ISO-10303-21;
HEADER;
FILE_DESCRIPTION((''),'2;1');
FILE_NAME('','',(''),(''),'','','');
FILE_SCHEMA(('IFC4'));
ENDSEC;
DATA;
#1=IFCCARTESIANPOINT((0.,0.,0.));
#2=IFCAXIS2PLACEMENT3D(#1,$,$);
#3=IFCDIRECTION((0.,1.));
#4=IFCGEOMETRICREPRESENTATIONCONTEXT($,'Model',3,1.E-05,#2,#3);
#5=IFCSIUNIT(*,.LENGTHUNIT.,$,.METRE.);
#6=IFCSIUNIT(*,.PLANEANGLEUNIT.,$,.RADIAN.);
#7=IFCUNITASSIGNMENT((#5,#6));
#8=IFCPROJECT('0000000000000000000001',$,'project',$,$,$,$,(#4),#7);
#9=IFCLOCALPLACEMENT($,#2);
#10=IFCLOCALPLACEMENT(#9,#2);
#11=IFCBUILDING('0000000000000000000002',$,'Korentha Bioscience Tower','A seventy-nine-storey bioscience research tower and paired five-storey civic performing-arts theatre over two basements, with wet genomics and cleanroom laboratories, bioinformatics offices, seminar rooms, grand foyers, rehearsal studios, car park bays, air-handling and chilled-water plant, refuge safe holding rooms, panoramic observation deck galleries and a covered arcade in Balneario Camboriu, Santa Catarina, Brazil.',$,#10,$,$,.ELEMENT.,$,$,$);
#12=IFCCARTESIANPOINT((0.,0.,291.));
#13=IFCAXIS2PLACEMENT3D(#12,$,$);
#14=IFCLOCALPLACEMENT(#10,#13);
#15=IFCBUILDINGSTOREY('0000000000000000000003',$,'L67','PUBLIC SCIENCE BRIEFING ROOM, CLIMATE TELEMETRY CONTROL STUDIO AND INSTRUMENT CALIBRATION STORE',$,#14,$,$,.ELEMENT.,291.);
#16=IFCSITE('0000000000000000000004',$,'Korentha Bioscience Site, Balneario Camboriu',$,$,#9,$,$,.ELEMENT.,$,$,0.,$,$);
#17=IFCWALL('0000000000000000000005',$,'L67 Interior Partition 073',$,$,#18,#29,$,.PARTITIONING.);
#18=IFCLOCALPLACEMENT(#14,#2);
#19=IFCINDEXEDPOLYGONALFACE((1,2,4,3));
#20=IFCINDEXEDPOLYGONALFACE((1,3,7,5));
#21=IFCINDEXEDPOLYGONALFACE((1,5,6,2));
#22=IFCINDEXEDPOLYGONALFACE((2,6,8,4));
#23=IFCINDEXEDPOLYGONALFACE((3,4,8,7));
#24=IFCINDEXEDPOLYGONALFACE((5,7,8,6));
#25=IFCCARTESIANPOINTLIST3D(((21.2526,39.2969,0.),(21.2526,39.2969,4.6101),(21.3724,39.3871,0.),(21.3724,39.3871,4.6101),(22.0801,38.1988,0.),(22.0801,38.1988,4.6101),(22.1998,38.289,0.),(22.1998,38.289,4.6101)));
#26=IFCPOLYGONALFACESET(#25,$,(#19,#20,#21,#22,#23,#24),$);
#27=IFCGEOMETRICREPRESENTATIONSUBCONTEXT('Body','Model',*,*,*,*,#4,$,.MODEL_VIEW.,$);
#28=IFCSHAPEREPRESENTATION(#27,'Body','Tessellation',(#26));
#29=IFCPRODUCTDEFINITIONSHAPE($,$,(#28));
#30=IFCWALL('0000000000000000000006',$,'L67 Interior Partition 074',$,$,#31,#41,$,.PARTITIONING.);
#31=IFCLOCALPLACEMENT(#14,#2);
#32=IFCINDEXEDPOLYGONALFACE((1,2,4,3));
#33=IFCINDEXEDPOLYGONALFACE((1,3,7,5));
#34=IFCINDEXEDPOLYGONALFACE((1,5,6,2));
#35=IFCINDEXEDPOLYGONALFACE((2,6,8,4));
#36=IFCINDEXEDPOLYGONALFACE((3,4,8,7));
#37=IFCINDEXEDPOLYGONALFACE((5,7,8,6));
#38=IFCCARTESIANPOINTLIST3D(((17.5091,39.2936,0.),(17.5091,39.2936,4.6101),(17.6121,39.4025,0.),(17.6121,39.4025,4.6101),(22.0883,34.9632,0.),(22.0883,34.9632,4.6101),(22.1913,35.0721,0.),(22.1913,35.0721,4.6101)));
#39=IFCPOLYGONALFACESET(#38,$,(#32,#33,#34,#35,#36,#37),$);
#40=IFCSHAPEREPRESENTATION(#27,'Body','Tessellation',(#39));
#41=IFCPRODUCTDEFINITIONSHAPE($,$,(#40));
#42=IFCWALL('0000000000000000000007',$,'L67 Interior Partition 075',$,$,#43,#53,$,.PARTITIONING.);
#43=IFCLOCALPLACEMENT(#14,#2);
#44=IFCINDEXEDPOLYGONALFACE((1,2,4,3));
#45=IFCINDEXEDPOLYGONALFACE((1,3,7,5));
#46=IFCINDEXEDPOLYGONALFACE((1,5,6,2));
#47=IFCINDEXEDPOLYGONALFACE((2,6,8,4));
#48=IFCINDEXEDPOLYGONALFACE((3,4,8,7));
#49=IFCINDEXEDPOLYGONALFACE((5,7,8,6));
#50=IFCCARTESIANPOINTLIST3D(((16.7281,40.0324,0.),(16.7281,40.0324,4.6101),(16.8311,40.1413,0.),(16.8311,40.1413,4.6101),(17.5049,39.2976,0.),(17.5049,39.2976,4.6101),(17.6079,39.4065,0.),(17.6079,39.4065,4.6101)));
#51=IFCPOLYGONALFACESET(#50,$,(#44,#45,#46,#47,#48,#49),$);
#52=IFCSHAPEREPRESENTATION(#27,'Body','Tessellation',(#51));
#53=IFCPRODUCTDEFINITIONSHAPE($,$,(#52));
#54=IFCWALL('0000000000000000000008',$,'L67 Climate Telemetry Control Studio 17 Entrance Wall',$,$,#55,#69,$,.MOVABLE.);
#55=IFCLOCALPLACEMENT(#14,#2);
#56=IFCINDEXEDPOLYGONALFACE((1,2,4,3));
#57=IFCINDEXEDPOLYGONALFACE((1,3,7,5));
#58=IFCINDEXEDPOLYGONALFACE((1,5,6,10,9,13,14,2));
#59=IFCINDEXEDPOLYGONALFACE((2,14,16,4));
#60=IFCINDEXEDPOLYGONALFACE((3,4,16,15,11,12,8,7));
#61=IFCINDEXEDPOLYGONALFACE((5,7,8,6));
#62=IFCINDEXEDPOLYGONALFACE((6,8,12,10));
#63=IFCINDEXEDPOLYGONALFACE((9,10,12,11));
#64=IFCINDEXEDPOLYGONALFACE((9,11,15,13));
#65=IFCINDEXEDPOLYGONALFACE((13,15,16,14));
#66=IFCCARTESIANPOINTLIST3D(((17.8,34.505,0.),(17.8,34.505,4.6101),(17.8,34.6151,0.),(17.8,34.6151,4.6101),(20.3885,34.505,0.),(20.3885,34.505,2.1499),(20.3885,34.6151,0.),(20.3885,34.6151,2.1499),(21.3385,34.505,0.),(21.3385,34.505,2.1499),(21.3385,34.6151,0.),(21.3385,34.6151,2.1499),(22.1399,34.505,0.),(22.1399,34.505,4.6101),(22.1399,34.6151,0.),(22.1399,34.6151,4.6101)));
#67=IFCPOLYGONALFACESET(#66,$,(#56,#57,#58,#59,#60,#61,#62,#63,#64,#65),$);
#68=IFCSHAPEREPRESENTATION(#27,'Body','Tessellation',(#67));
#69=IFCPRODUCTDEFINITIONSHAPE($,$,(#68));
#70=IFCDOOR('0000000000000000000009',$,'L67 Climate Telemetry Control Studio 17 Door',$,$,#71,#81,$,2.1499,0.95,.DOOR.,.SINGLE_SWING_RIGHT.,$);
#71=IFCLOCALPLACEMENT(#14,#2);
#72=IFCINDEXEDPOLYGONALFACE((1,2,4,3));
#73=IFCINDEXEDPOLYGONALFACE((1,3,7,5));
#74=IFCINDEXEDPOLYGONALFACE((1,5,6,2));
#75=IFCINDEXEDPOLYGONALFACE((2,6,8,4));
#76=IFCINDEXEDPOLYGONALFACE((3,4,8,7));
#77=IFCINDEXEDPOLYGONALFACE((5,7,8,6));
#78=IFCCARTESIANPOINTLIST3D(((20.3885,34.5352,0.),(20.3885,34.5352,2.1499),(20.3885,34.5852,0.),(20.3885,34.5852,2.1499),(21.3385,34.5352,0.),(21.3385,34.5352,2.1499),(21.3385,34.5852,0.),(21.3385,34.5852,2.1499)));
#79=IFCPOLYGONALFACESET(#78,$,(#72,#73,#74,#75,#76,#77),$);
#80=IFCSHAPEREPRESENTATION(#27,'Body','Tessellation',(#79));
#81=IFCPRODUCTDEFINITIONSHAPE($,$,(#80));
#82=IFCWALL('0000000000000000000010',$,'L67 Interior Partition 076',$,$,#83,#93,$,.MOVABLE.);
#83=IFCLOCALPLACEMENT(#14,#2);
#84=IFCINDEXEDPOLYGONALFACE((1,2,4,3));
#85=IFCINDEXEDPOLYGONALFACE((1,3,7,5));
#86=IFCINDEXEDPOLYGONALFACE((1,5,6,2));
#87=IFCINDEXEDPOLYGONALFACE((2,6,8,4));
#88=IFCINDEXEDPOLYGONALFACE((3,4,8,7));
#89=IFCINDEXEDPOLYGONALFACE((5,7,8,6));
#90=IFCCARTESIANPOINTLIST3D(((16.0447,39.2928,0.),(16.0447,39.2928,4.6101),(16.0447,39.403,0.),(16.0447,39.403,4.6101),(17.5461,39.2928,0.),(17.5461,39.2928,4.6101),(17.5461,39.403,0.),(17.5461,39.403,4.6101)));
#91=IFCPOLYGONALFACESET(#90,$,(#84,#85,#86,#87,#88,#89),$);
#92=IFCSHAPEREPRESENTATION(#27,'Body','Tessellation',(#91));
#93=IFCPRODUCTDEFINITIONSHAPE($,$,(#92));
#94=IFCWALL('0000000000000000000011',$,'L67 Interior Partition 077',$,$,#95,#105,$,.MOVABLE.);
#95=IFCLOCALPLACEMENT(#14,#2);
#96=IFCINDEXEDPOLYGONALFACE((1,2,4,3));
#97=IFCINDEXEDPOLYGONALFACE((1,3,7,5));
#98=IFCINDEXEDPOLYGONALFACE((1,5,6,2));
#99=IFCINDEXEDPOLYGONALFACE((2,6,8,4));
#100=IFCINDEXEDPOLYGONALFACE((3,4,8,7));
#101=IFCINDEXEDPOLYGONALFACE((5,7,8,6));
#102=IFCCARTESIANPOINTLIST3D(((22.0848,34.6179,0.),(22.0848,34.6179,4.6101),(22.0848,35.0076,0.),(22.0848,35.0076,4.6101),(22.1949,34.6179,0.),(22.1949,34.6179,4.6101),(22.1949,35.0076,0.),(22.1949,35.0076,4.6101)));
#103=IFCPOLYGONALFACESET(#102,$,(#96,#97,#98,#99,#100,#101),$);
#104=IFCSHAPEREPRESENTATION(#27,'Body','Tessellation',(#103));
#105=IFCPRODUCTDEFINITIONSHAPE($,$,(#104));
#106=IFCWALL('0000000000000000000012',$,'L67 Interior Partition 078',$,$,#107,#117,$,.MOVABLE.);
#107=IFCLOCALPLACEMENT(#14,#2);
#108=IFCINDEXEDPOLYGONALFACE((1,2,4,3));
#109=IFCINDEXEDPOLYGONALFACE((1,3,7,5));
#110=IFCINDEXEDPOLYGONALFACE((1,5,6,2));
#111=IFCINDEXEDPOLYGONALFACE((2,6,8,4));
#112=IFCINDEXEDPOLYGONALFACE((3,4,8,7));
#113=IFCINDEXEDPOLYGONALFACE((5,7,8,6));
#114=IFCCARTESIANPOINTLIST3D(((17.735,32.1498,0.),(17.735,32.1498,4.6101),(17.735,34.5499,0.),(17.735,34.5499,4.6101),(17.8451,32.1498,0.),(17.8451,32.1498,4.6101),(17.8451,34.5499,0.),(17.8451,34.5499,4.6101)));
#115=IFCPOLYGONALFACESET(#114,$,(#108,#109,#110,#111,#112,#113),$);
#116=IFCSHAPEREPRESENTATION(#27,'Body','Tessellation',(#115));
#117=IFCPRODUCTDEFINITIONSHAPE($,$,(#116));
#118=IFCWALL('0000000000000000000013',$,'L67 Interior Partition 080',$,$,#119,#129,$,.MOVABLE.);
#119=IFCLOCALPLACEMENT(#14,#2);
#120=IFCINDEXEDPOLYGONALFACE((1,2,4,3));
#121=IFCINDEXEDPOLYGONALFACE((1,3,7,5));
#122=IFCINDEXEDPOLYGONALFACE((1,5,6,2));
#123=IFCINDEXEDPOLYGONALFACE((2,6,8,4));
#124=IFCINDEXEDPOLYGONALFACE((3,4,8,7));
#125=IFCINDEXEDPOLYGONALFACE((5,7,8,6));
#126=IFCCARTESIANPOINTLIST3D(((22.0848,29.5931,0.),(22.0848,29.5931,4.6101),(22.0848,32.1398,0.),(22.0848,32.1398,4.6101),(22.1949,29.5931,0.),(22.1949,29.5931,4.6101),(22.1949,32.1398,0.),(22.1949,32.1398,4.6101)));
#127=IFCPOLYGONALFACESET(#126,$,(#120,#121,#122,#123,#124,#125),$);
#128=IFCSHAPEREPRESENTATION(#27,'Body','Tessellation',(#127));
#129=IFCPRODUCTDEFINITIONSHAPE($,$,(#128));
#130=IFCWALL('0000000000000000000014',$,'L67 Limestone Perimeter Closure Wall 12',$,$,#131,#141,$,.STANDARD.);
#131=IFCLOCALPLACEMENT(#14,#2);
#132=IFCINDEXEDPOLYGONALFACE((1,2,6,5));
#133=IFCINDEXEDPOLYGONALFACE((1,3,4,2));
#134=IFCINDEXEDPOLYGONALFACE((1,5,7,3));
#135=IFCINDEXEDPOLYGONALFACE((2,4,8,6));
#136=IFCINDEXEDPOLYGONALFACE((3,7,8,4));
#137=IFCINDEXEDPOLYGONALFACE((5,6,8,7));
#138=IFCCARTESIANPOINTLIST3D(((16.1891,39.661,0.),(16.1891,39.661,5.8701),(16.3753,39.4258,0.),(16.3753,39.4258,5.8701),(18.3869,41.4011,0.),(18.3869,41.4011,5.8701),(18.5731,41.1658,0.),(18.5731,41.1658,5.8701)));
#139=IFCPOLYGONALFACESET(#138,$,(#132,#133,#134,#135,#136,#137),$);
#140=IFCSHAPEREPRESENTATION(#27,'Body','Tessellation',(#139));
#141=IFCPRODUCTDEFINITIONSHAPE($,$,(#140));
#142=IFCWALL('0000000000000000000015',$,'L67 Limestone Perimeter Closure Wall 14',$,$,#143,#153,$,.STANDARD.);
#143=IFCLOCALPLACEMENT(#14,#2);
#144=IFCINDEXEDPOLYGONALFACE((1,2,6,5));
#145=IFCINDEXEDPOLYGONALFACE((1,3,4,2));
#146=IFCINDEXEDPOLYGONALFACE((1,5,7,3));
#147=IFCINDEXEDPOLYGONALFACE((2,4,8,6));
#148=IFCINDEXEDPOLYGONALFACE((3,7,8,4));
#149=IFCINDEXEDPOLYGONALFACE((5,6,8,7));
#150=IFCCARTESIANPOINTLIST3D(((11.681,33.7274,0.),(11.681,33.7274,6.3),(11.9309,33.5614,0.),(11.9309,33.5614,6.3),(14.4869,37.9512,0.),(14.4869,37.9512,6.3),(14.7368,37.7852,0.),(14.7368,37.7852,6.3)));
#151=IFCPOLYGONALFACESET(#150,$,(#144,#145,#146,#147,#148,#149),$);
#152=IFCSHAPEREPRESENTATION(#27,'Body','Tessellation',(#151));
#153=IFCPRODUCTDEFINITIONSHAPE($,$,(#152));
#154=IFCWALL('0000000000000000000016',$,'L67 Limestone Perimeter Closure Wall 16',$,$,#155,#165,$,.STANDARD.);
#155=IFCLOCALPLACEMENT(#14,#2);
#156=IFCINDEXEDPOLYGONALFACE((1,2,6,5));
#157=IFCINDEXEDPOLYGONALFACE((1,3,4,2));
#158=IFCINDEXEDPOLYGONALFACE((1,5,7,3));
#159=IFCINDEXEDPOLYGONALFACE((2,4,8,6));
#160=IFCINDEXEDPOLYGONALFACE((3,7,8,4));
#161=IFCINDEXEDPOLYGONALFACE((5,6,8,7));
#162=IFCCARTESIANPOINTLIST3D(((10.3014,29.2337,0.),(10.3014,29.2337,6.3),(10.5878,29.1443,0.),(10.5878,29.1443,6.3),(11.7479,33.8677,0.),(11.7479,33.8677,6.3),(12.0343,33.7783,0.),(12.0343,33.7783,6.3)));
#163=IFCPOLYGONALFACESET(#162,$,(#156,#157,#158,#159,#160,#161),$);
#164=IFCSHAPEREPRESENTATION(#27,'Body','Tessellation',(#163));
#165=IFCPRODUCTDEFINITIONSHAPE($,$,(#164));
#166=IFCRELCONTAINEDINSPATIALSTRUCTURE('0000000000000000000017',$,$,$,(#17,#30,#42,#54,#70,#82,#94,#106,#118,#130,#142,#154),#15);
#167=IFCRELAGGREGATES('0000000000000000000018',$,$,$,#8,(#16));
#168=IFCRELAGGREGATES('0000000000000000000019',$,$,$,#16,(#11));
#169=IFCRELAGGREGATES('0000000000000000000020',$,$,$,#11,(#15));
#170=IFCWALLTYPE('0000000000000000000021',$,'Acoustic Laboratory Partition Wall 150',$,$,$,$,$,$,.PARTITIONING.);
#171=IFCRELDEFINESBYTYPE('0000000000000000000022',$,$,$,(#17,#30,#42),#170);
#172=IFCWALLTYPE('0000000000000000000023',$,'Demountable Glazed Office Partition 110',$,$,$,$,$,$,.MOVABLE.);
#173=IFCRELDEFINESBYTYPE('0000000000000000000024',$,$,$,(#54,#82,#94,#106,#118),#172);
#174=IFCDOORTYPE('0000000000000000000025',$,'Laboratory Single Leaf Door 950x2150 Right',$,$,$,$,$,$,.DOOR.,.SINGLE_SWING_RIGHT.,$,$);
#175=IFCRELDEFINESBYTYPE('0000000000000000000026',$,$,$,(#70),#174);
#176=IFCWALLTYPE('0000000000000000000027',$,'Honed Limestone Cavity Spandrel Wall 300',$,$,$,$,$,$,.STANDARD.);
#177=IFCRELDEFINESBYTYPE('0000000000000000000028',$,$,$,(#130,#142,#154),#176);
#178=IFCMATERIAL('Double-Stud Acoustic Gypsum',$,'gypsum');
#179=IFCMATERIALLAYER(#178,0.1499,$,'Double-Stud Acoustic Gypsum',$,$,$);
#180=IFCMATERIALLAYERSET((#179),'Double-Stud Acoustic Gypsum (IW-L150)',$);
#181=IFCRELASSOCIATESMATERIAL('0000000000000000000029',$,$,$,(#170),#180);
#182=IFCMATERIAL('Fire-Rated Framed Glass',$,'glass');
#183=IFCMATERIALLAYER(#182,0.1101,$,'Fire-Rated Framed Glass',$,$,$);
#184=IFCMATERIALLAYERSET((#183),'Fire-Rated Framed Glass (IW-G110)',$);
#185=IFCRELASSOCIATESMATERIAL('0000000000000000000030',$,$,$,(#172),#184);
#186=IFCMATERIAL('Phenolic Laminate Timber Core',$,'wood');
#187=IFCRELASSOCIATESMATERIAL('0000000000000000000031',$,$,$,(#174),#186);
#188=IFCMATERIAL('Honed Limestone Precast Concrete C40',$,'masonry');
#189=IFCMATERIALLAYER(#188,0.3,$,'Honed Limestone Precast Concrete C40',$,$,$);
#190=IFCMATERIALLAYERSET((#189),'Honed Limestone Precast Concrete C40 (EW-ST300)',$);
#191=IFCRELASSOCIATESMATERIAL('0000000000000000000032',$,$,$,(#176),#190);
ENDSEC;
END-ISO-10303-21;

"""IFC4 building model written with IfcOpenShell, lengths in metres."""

from ifc_helpers import new_model, si_unit, direction, frame, frame_2d, origin, place, context, subcontext, project, spatial, rectangle, extrude, material, layer, layer_set, type_object, element, fill, save


model = new_model("IFC4")

# Units and contexts
model_context = context("Model", 3, precision=1e-05, world=origin(), true_north=direction((0.0, 1.0)))
body_context = subcontext(model_context, "Body", "Model", "MODEL_VIEW")
ifc_project = project(units=[si_unit("LENGTHUNIT", "METRE"), si_unit("PLANEANGLEUNIT", "RADIAN")], contexts=[model_context])

# Site, building, storey
site_placement = place(None, origin())
site = spatial("IfcSite", under=ifc_project, at=site_placement, Name="Korentha Bioscience Site, Balneario Camboriu", CompositionType="ELEMENT", RefElevation=0.0)
building_placement = place(site_placement, origin())
building = spatial("IfcBuilding", under=site, at=building_placement, Name="Korentha Bioscience Tower", Description="A seventy-nine-storey bioscience research tower and paired five-storey civic performing-arts theatre over two basements, with wet genomics and cleanroom laboratories, bioinformatics offices, seminar rooms, grand foyers, rehearsal studios, car park bays, air-handling and chilled-water plant, refuge safe holding rooms, panoramic observation deck galleries and a covered arcade in Balneario Camboriu, Santa Catarina, Brazil.", CompositionType="ELEMENT")
storey_placement = place(building_placement, frame((0.0, 0.0, 291.0)))
storey = spatial("IfcBuildingStorey", under=building, at=storey_placement, Name="L67", Description="PUBLIC SCIENCE BRIEFING ROOM, CLIMATE TELEMETRY CONTROL STUDIO AND INSTRUMENT CALIBRATION STORE", CompositionType="ELEMENT", Elevation=291.0)

# Shared definitions
ifc_material_1 = material(Name="Double-Stud Acoustic Gypsum", Category="gypsum")
ifc_layer_1 = layer(ifc_material_1, 0.1499, Name="Double-Stud Acoustic Gypsum")
ifc_layer_set_1 = layer_set([ifc_layer_1], Name="Double-Stud Acoustic Gypsum (IW-L150)")
wall_type_1 = type_object("IfcWallType", Name="Acoustic Laboratory Partition Wall 150", PredefinedType="PARTITIONING", material=ifc_layer_set_1)
ifc_material_2 = material(Name="Phenolic Laminate Timber Core", Category="wood")

# Walls
wall_1_placement = place(storey_placement, frame((21.3125, 39.342, 0.0), z_axis=(0.0, 0.0, 1.0), x_axis=(0.60176, -0.798677, 0.0)))
element("IfcWall", 1, at=wall_1_placement, inside=storey, type_object=wall_type_1, Name="L67 Interior Partition 073", PredefinedType="PARTITIONING", context=body_context, shape_type="SweptSolid", body=[
    extrude(rectangle(XDim=1.375, YDim=0.1499, at=frame_2d((0.6875, 0.0))), origin(), (0.0, 0.0, 1.0), 4.6101),
])
wall_2_placement = place(storey_placement, frame((22.1399, 35.0176, 0.0), z_axis=(0.0, 0.0, 1.0), x_axis=(-0.726568, 0.687094, 0.0)))
element("IfcWall", 2, at=wall_2_placement, inside=storey, type_object=wall_type_1, Name="L67 Interior Partition 074", PredefinedType="PARTITIONING", context=body_context, shape_type="SweptSolid", body=[
    extrude(rectangle(XDim=6.3025, YDim=0.1499, at=frame_2d((3.1514, 0.0))), origin(), (0.0, 0.0, 1.0), 4.6101),
])
wall_3_placement = place(storey_placement, frame((17.5564, 39.3521, 0.0), z_axis=(0.0, 0.0, 1.0), x_axis=(-0.726468, 0.6872, 0.0)))
element("IfcWall", 3, at=wall_3_placement, inside=storey, type_object=wall_type_1, Name="L67 Interior Partition 075", PredefinedType="PARTITIONING", context=body_context, shape_type="SweptSolid", body=[
    extrude(rectangle(XDim=1.0693, YDim=0.1499, at=frame_2d((0.5347, 0.0))), origin(), (0.0, 0.0, 1.0), 4.6101),
])

# Wall, opening, door
ifc_material_3 = material(Name="Fire-Rated Framed Glass", Category="glass")
ifc_layer_2 = layer(ifc_material_3, 0.1101, Name="Fire-Rated Framed Glass")
ifc_layer_set_2 = layer_set([ifc_layer_2], Name="Fire-Rated Framed Glass (IW-G110)")
wall_type_2 = type_object("IfcWallType", Name="Demountable Glazed Office Partition 110", PredefinedType="MOVABLE", material=ifc_layer_set_2)
wall_4_placement = place(storey_placement, frame((22.1399, 34.5601, 0.0), z_axis=(0.0, 0.0, 1.0), x_axis=(-1.0, 0.0, 0.0)))
wall_4 = element("IfcWall", 4, at=wall_4_placement, inside=storey, type_object=wall_type_2, Name="L67 Climate Telemetry Control Studio 17 Entrance Wall", PredefinedType="MOVABLE", context=body_context, shape_type="SweptSolid", body=[
    extrude(rectangle(XDim=4.3398, YDim=0.1101, at=frame_2d((2.1699, 0.0))), origin(), (0.0, 0.0, 1.0), 4.6101),
])
opening_1_placement = place(wall_4_placement, frame((0.8013, 0.0, 0.0)))
opening_1 = element("IfcOpeningElement", 5, at=opening_1_placement, cuts=wall_4, PredefinedType="OPENING", context=body_context, shape_type="SweptSolid", body=[
    extrude(rectangle(XDim=0.95, YDim=2.1499, at=frame_2d((0.4751, 1.075))), frame((0.0, 0.0698, 0.0), z_axis=(0.0, -1.0, 0.0), x_axis=(1.0, 0.0, 0.0)), (0.0, 0.0, 1.0), 0.1399),
])
door_type_1 = type_object("IfcDoorType", Name="Laboratory Single Leaf Door 950x2150 Right", OperationType="SINGLE_SWING_RIGHT", PredefinedType="DOOR", material=ifc_material_2)
door_1_placement = place(opening_1_placement, origin())
door_1 = element("IfcDoor", 6, at=door_1_placement, inside=storey, type_object=door_type_1, Name="L67 Climate Telemetry Control Studio 17 Door", OperationType="SINGLE_SWING_RIGHT", OverallHeight=2.1499, OverallWidth=0.95, PredefinedType="DOOR", context=body_context, shape_type="SweptSolid", body=[
    extrude(rectangle(XDim=0.95, YDim=2.1499, at=frame_2d((0.4751, 1.075))), frame((0.0, 0.0249, 0.0), z_axis=(0.0, -1.0, 0.0), x_axis=(1.0, 0.0, 0.0)), (0.0, 0.0, 1.0), 0.05),
])
fill(opening_1, door_1)

# Walls
wall_5_placement = place(storey_placement, frame((16.0447, 39.3479, 0.0), z_axis=(0.0, 0.0, 1.0), x_axis=(1.0, 0.0, 0.0)))
element("IfcWall", 7, at=wall_5_placement, inside=storey, type_object=wall_type_2, Name="L67 Interior Partition 076", PredefinedType="MOVABLE", context=body_context, shape_type="SweptSolid", body=[
    extrude(rectangle(XDim=1.5015, YDim=0.1101, at=frame_2d((0.7507, 0.0))), origin(), (0.0, 0.0, 1.0), 4.6101),
])
wall_6_placement = place(storey_placement, frame((22.1399, 35.0076, 0.0), z_axis=(0.0, 0.0, 1.0), x_axis=(0.0, -1.0, 0.0)))
element("IfcWall", 8, at=wall_6_placement, inside=storey, type_object=wall_type_2, Name="L67 Interior Partition 077", PredefinedType="MOVABLE", context=body_context, shape_type="SweptSolid", body=[
    extrude(rectangle(XDim=0.3896, YDim=0.1101, at=frame_2d((0.1948, 0.0))), origin(), (0.0, 0.0, 1.0), 4.6101),
])
wall_7_placement = place(storey_placement, frame((17.79, 34.55, 0.0), z_axis=(0.0, 0.0, 1.0), x_axis=(0.0, -1.0, 0.0)))
element("IfcWall", 9, at=wall_7_placement, inside=storey, type_object=wall_type_2, Name="L67 Interior Partition 078", PredefinedType="MOVABLE", context=body_context, shape_type="SweptSolid", body=[
    extrude(rectangle(XDim=2.4001, YDim=0.1101, at=frame_2d((1.2002, 0.0))), origin(), (0.0, 0.0, 1.0), 4.6101),
])
wall_8_placement = place(storey_placement, frame((22.1399, 32.1399, 0.0), z_axis=(0.0, 0.0, 1.0), x_axis=(0.0, -1.0, 0.0)))
element("IfcWall", 10, at=wall_8_placement, inside=storey, type_object=wall_type_2, Name="L67 Interior Partition 080", PredefinedType="MOVABLE", context=body_context, shape_type="SweptSolid", body=[
    extrude(rectangle(XDim=2.5466, YDim=0.1101, at=frame_2d((1.2734, 0.0))), origin(), (0.0, 0.0, 1.0), 4.6101),
])

# Shared definitions
ifc_material_4 = material(Name="Honed Limestone Precast Concrete C40", Category="masonry")
ifc_layer_3 = layer(ifc_material_4, 0.3, Name="Honed Limestone Precast Concrete C40")
ifc_layer_set_3 = layer_set([ifc_layer_3], Name="Honed Limestone Precast Concrete C40 (EW-ST300)")
wall_type_3 = type_object("IfcWallType", Name="Honed Limestone Cavity Spandrel Wall 300", PredefinedType="STANDARD", material=ifc_layer_set_3)

# Walls
wall_9_placement = place(storey_placement, frame((18.48, 41.2834, 0.0), z_axis=(0.0, 0.0, 1.0), x_axis=(-0.784028, -0.620725, 0.0)))
element("IfcWall", 11, at=wall_9_placement, inside=storey, type_object=wall_type_3, Name="L67 Limestone Perimeter Closure Wall 12", PredefinedType="STANDARD", context=body_context, shape_type="SweptSolid", body=[
    extrude(rectangle(XDim=2.8032, YDim=0.3, at=frame_2d((1.4016, 0.0))), origin(), (0.0, 0.0, 1.0), 5.8701),
])
wall_10_placement = place(storey_placement, frame((14.6118, 37.8682, 0.0), z_axis=(0.0, 0.0, 1.0), x_axis=(-0.553333, -0.83296, 0.0)))
element("IfcWall", 12, at=wall_10_placement, inside=storey, type_object=wall_type_3, Name="L67 Limestone Perimeter Closure Wall 14", PredefinedType="STANDARD", context=body_context, shape_type="SweptSolid", body=[
    extrude(rectangle(XDim=5.0708, YDim=0.3, at=frame_2d((2.5354, 0.0))), origin(), (0.0, 0.0, 1.0), 6.3),
])
wall_11_placement = place(storey_placement, frame((11.8911, 33.823, 0.0), z_axis=(0.0, 0.0, 1.0), x_axis=(-0.297974, -0.954574, 0.0)))
element("IfcWall", 13, at=wall_11_placement, inside=storey, type_object=wall_type_3, Name="L67 Limestone Perimeter Closure Wall 16", PredefinedType="STANDARD", context=body_context, shape_type="SweptSolid", body=[
    extrude(rectangle(XDim=4.8545, YDim=0.3, at=frame_2d((2.4272, 0.0))), origin(), (0.0, 0.0, 1.0), 6.3),
])

save(model, "model.ifc")
